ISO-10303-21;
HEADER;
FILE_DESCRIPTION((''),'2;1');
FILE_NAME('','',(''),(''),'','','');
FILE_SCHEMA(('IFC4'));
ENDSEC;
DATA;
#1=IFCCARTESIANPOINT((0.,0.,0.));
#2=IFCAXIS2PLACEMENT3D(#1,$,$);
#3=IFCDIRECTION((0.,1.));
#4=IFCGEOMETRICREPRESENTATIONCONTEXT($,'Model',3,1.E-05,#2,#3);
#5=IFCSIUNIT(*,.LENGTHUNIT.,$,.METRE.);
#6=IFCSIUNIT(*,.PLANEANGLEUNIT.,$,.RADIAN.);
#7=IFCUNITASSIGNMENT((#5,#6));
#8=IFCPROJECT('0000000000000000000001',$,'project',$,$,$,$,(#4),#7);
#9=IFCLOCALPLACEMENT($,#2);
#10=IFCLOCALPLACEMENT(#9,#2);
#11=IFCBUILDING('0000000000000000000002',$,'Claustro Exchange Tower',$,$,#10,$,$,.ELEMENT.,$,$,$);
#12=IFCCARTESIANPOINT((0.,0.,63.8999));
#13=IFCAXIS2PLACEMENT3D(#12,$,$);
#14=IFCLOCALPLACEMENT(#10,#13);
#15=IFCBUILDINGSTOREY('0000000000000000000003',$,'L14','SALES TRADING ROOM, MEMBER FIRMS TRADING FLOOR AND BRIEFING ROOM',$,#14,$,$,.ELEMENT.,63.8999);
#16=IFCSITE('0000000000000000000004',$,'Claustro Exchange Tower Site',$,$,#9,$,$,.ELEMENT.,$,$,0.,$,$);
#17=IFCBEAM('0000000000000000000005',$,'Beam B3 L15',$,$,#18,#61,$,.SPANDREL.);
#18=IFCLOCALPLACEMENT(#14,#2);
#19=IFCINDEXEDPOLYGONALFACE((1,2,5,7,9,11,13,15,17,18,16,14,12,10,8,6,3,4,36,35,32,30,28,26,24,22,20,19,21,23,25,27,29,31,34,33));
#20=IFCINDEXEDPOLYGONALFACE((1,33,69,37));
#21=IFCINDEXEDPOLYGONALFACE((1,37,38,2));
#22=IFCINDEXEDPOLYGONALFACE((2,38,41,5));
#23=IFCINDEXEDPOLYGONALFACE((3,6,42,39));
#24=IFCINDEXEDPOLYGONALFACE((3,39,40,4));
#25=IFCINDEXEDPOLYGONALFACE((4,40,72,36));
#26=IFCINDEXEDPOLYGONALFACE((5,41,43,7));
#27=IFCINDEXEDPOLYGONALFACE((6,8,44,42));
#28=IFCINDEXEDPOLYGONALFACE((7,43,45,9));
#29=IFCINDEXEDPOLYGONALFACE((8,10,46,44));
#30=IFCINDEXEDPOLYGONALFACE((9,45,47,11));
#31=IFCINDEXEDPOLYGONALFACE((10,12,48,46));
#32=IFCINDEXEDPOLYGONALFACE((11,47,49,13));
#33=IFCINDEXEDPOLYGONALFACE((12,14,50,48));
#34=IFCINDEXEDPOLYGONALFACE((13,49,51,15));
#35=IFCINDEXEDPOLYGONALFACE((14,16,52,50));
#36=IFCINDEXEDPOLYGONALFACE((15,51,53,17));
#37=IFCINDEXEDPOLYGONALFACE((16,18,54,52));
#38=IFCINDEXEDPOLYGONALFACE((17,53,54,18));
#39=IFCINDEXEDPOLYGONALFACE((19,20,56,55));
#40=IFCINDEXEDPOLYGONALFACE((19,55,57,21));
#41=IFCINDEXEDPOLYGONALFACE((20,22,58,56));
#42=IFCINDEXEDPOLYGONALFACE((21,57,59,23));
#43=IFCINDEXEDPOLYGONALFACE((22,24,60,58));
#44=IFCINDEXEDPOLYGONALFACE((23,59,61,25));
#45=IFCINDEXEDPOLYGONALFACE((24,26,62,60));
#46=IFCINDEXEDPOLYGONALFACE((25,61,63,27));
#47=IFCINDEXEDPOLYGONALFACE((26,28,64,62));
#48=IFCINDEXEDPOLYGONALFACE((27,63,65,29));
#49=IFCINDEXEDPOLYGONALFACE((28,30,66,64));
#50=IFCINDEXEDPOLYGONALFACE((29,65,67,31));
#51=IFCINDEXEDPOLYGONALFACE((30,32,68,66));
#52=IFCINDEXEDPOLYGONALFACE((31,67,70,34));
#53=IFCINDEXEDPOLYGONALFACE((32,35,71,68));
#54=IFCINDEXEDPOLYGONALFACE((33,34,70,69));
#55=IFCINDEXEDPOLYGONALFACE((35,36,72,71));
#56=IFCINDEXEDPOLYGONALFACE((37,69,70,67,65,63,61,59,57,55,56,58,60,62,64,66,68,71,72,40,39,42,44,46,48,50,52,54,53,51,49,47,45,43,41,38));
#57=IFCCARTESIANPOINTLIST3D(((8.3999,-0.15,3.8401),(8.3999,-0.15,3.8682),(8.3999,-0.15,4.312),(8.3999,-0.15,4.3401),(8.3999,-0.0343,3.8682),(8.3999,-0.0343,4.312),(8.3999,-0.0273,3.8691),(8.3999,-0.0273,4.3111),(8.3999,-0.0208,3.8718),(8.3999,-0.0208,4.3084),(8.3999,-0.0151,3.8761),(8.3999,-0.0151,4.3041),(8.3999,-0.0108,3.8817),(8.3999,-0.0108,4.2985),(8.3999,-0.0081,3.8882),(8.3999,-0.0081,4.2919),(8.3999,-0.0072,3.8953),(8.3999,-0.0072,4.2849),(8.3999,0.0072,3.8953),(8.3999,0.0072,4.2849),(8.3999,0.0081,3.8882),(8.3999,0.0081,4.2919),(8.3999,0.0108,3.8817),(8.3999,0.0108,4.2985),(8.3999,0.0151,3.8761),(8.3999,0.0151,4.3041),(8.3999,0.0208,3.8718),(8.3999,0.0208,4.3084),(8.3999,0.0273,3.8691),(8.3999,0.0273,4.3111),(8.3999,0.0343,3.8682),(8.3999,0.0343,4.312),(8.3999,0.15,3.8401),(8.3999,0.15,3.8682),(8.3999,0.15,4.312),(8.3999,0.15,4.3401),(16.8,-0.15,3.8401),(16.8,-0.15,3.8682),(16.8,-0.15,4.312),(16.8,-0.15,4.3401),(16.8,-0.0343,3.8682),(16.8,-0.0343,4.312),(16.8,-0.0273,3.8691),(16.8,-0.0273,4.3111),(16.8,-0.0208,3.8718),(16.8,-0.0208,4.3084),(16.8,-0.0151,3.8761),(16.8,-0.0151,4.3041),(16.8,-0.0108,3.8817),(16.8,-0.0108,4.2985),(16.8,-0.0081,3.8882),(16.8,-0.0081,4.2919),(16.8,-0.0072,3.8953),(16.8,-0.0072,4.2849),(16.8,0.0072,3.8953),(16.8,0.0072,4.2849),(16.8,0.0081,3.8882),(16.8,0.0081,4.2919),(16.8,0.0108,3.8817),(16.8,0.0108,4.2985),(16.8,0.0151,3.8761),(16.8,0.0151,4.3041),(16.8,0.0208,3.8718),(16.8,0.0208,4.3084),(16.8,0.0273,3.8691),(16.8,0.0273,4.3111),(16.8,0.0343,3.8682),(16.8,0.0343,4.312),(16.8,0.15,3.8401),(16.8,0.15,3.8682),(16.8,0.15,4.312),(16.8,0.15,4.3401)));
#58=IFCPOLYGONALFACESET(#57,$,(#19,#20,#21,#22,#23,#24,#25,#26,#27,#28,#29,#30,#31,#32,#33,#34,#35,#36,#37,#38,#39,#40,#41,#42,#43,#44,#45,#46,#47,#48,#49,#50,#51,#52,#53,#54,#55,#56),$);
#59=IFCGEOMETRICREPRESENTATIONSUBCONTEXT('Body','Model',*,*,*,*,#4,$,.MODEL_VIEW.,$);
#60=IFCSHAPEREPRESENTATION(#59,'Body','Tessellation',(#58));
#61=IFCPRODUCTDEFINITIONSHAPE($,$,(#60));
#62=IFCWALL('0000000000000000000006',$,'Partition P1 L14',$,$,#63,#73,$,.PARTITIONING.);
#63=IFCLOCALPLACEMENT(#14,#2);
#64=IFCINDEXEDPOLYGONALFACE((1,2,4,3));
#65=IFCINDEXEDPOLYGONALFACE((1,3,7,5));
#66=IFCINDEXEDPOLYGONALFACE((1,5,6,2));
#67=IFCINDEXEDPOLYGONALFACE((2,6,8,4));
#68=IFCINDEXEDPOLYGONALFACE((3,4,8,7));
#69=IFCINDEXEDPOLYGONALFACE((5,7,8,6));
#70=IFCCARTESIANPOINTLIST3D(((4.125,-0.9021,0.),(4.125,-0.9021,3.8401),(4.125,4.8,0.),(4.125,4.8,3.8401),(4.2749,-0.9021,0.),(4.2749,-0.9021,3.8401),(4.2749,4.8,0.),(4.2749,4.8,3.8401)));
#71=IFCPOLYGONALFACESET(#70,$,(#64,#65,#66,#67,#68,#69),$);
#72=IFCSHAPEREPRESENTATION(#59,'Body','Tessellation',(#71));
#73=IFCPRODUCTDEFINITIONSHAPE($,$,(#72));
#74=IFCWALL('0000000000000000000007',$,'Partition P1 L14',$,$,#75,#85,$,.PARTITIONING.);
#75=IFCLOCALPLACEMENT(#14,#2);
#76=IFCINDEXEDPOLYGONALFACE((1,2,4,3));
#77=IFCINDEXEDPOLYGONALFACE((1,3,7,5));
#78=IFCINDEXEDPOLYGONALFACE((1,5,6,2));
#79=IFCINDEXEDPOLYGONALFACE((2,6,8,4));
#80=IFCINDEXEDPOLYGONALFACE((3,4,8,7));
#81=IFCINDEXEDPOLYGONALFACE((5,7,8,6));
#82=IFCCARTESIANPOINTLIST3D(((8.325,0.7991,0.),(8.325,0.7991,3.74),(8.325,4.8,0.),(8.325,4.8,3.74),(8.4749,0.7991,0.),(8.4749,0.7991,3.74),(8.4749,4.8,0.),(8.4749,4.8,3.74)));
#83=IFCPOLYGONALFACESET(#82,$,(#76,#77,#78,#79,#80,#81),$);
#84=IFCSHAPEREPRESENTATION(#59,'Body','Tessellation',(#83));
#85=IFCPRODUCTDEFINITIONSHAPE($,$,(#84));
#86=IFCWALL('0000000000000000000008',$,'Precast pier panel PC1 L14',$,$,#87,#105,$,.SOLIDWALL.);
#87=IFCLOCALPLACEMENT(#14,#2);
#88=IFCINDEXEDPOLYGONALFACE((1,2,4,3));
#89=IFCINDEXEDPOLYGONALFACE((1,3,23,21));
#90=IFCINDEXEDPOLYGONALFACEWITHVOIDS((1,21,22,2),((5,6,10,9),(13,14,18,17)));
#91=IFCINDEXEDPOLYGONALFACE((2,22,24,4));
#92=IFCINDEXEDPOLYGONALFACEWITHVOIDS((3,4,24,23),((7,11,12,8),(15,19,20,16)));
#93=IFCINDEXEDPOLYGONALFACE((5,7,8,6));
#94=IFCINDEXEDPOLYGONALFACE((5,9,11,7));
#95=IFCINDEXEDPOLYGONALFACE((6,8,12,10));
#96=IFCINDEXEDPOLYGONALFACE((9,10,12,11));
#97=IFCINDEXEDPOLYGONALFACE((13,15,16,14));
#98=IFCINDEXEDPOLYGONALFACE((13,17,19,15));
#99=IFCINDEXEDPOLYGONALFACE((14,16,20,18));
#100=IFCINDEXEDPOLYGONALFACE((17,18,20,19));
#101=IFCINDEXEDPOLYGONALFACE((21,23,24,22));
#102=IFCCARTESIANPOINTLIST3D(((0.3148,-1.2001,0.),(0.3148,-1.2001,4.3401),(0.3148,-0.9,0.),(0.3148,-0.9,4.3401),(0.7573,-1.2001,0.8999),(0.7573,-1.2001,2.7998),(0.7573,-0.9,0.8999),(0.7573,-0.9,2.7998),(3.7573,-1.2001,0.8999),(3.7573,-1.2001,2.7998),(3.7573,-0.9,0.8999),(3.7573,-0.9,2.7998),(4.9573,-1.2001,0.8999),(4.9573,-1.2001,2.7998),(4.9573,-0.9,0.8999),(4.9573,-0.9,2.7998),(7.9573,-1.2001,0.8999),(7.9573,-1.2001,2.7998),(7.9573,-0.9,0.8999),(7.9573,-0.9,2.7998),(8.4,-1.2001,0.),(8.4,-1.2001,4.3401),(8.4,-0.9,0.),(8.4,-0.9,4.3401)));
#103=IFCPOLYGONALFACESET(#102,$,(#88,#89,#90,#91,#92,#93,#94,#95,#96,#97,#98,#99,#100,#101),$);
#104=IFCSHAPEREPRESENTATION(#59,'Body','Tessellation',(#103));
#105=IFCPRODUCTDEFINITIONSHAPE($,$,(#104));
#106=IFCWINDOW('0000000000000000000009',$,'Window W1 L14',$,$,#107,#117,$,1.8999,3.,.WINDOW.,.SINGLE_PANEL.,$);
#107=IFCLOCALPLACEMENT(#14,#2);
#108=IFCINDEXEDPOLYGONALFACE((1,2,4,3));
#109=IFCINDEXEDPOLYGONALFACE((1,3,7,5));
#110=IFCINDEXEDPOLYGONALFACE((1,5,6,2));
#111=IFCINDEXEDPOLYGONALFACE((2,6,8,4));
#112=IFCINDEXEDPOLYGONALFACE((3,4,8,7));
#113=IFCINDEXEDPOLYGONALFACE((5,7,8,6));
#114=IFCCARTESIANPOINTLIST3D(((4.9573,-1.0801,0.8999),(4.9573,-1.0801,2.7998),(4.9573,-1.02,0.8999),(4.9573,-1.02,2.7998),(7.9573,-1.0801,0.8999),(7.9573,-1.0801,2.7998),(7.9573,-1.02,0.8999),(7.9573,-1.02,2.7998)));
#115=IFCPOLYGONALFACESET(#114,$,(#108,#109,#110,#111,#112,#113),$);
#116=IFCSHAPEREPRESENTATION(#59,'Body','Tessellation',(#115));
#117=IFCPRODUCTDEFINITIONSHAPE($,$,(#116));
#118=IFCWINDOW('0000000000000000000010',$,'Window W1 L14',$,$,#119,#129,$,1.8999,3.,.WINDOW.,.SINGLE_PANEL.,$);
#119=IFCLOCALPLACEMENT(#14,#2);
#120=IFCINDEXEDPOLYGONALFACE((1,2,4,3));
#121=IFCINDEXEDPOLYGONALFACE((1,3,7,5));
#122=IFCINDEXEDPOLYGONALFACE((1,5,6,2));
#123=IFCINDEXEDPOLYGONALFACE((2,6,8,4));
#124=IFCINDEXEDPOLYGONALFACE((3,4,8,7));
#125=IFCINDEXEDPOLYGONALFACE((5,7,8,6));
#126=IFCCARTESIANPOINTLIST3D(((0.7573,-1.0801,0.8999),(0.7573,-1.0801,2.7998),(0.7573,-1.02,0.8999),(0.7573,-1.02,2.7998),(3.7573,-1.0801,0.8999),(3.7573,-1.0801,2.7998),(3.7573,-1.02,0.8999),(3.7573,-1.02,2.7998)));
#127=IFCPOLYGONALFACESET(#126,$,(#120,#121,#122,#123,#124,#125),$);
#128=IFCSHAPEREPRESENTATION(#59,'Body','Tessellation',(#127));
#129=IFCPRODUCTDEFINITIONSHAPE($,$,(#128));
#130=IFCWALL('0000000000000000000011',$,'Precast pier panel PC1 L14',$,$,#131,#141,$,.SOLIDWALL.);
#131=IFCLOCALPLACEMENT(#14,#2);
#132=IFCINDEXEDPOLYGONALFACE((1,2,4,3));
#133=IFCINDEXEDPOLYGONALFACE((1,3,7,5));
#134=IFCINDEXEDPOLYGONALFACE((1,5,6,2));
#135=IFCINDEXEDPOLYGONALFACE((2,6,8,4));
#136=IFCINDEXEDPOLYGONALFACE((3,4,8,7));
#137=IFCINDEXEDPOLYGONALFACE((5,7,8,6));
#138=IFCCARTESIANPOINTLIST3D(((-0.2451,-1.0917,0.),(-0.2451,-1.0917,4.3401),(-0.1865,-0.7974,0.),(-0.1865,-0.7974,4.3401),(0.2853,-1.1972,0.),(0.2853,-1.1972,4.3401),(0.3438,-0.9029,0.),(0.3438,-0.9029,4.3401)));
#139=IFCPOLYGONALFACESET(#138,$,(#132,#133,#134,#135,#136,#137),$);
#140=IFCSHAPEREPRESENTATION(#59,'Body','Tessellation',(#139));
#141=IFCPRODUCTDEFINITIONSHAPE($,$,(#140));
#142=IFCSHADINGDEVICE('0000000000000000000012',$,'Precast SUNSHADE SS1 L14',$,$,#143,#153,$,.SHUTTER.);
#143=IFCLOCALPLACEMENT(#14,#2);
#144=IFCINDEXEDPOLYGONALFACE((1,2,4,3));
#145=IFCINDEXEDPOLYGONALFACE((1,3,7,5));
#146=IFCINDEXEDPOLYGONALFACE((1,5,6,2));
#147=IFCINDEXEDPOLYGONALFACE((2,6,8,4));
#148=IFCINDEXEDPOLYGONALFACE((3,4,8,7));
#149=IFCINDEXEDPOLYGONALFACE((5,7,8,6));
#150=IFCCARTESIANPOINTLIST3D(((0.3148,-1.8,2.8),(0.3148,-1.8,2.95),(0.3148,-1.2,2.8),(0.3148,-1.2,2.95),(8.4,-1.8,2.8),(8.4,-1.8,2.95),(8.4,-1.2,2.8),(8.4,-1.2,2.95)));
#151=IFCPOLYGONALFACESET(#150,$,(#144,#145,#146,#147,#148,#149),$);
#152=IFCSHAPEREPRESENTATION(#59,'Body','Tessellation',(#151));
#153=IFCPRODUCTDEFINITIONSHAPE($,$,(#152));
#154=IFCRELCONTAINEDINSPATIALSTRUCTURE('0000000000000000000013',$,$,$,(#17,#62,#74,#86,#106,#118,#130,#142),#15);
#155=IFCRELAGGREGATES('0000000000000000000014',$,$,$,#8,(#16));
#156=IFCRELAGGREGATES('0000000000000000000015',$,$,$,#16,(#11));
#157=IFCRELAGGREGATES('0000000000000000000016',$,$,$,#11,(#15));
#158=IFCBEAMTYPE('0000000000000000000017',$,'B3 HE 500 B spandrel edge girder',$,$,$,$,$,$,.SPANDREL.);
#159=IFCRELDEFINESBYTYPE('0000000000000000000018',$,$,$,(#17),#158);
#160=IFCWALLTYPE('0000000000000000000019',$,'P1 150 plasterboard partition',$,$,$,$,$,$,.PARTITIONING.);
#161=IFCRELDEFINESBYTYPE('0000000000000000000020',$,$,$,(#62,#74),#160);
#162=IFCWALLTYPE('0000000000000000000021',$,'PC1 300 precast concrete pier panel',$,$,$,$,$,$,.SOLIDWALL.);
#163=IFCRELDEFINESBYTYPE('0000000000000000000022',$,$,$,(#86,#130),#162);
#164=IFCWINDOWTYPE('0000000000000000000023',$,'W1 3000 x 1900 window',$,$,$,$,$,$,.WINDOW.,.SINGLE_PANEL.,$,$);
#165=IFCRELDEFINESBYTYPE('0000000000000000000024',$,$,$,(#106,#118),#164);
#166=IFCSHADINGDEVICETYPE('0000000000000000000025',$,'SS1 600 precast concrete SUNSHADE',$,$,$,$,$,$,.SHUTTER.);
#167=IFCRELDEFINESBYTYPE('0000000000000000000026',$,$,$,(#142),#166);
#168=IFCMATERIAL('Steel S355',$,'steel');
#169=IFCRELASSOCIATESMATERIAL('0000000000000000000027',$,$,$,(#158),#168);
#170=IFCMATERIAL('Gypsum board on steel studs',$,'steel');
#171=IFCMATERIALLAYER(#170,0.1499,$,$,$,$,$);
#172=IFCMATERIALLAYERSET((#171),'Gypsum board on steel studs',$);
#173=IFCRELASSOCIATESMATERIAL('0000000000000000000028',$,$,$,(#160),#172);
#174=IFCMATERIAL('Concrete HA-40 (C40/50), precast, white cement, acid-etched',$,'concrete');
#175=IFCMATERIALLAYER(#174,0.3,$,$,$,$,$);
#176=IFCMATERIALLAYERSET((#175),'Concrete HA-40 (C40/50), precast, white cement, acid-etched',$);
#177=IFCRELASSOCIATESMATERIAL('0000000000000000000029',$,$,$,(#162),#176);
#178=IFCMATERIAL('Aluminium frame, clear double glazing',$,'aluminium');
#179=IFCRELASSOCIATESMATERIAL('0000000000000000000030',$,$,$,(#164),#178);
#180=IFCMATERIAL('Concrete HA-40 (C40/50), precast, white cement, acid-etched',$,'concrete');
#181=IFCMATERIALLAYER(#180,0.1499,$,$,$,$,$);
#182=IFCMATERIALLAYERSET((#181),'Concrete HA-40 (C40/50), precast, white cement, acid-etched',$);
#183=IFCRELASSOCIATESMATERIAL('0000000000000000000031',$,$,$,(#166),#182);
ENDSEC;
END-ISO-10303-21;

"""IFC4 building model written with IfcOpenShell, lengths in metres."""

from ifc_helpers import new_model, si_unit, direction, frame, frame_2d, origin, origin_2d, place, context, subcontext, project, spatial, rectangle, i_section, extrude, material, layer, layer_set, material_profile, profile_set, type_object, element, fill, save


model = new_model("IFC4")

# Units and contexts
model_context = context("Model", 3, precision=1e-05, world=origin(), true_north=direction((0.0, 1.0)))
body_context = subcontext(model_context, "Body", "Model", "MODEL_VIEW")
ifc_project = project(units=[si_unit("LENGTHUNIT", "METRE"), si_unit("PLANEANGLEUNIT", "RADIAN")], contexts=[model_context])

# Site, building, storey
site_placement = place(None, origin())
site = spatial("IfcSite", under=ifc_project, at=site_placement, Name="Claustro Exchange Tower Site", CompositionType="ELEMENT", RefElevation=0.0)
building_placement = place(site_placement, origin())
building = spatial("IfcBuilding", under=site, at=building_placement, Name="Claustro Exchange Tower", CompositionType="ELEMENT")
storey_placement = place(building_placement, frame((0.0, 0.0, 63.8999)))
storey = spatial("IfcBuildingStorey", under=building, at=storey_placement, Name="L14", Description="SALES TRADING ROOM, MEMBER FIRMS TRADING FLOOR AND BRIEFING ROOM", CompositionType="ELEMENT", Elevation=63.8999)

# Beam
ifc_material_1 = material(Name="Steel S355", Category="steel")
ifc_material_profile_1 = material_profile(ifc_material_1, i_section(OverallWidth=0.3, OverallDepth=0.5, WebThickness=0.0144, FlangeThickness=0.0281, FilletRadius=0.0271, at=origin_2d()), Name="HE 500 B")
ifc_profile_set_1 = profile_set([ifc_material_profile_1], Name="Steel S355")
beam_type_1 = type_object("IfcBeamType", Name="B3 HE 500 B spandrel edge girder", PredefinedType="SPANDREL", material=ifc_profile_set_1)
beam_1_placement = place(storey_placement, frame((8.3999, 0.0, 4.0901), z_axis=(1.0, 0.0, 0.0), x_axis=(0.0, 1.0, 0.0)))
element("IfcBeam", 1, at=beam_1_placement, inside=storey, type_object=beam_type_1, Name="Beam B3 L15", PredefinedType="SPANDREL", context=body_context, shape_type="SweptSolid", body=[
    extrude(i_section(OverallWidth=0.3, OverallDepth=0.5, WebThickness=0.0144, FlangeThickness=0.0281, FilletRadius=0.0271, at=origin_2d()), origin(), (0.0, 0.0, 1.0), 8.4001),
])

# Walls
ifc_material_2 = material(Name="Gypsum board on steel studs", Category="steel")
ifc_layer_1 = layer(ifc_material_2, 0.1499)
ifc_layer_set_1 = layer_set([ifc_layer_1], Name="Gypsum board on steel studs")
wall_type_1 = type_object("IfcWallType", Name="P1 150 plasterboard partition", PredefinedType="PARTITIONING", material=ifc_layer_set_1)
wall_1_placement = place(storey_placement, frame((4.2, -0.9021, 0.0), z_axis=(0.0, 0.0, 1.0), x_axis=(0.0, 1.0, 0.0)))
element("IfcWall", 2, at=wall_1_placement, inside=storey, type_object=wall_type_1, Name="Partition P1 L14", PredefinedType="PARTITIONING", context=body_context, shape_type="SweptSolid", body=[
    extrude(rectangle(XDim=5.7021, YDim=0.1499, at=frame_2d((2.8511, 0.0))), origin(), (0.0, 0.0, 1.0), 3.8401),
])
wall_2_placement = place(storey_placement, frame((8.3999, 0.7991, 0.0), z_axis=(0.0, 0.0, 1.0), x_axis=(0.0, 1.0, 0.0)))
element("IfcWall", 3, at=wall_2_placement, inside=storey, type_object=wall_type_1, Name="Partition P1 L14", PredefinedType="PARTITIONING", context=body_context, shape_type="SweptSolid", body=[
    extrude(rectangle(XDim=4.001, YDim=0.1499, at=frame_2d((2.0005, 0.0))), origin(), (0.0, 0.0, 1.0), 3.74),
])

# Wall, openings, windows
ifc_material_3 = material(Name="Concrete HA-40 (C40/50), precast, white cement, acid-etched", Category="concrete")
ifc_layer_2 = layer(ifc_material_3, 0.3)
ifc_layer_set_2 = layer_set([ifc_layer_2], Name="Concrete HA-40 (C40/50), precast, white cement, acid-etched")
wall_type_2 = type_object("IfcWallType", Name="PC1 300 precast concrete pier panel", PredefinedType="SOLIDWALL", material=ifc_layer_set_2)
wall_3_placement = place(storey_placement, frame((8.3999, -1.05, 0.0), z_axis=(0.0, 0.0, 1.0), x_axis=(-1.0, 0.0, 0.0)))
wall_3 = element("IfcWall", 4, at=wall_3_placement, inside=storey, type_object=wall_type_2, Name="Precast pier panel PC1 L14", PredefinedType="SOLIDWALL", context=body_context, shape_type="SweptSolid", body=[
    extrude(rectangle(XDim=8.0852, YDim=0.3, at=frame_2d((4.0425, 0.0))), origin(), (0.0, 0.0, 1.0), 4.3401),
])
opening_1_placement = place(wall_3_placement, frame((0.4426, 0.0, 0.8999)))
opening_1 = element("IfcOpeningElement", 5, at=opening_1_placement, cuts=wall_3, PredefinedType="OPENING", context=body_context, shape_type="SweptSolid", body=[
    extrude(rectangle(XDim=3.0, YDim=1.8999, at=frame_2d((1.5, 0.95))), frame((0.0, 0.1599, 0.0), z_axis=(0.0, -1.0, 0.0), x_axis=(1.0, 0.0, 0.0)), (0.0, 0.0, 1.0), 0.3201),
])
opening_2_placement = place(wall_3_placement, frame((4.6426, 0.0, 0.8999)))
opening_2 = element("IfcOpeningElement", 6, at=opening_2_placement, cuts=wall_3, PredefinedType="OPENING", context=body_context, shape_type="SweptSolid", body=[
    extrude(rectangle(XDim=3.0, YDim=1.8999, at=frame_2d((1.5, 0.95))), frame((0.0, 0.1599, 0.0), z_axis=(0.0, -1.0, 0.0), x_axis=(1.0, 0.0, 0.0)), (0.0, 0.0, 1.0), 0.3201),
])
ifc_material_4 = material(Name="Aluminium frame, clear double glazing", Category="aluminium")
window_type = type_object("IfcWindowType", Name="W1 3000 x 1900 window", PartitioningType="SINGLE_PANEL", PredefinedType="WINDOW", material=ifc_material_4)
window_1_placement = place(opening_1_placement, origin())
window_1 = element("IfcWindow", 7, at=window_1_placement, inside=storey, type_object=window_type, Name="Window W1 L14", OverallHeight=1.8999, OverallWidth=3.0, PartitioningType="SINGLE_PANEL", PredefinedType="WINDOW", context=body_context, shape_type="SweptSolid", body=[
    extrude(rectangle(XDim=3.0, YDim=1.8999, at=frame_2d((1.5, 0.95))), frame((0.0, 0.03, 0.0), z_axis=(0.0, -1.0, 0.0), x_axis=(1.0, 0.0, 0.0)), (0.0, 0.0, 1.0), 0.0601),
])
fill(opening_1, window_1)
window_2_placement = place(opening_2_placement, origin())
window_2 = element("IfcWindow", 8, at=window_2_placement, inside=storey, type_object=window_type, Name="Window W1 L14", OverallHeight=1.8999, OverallWidth=3.0, PartitioningType="SINGLE_PANEL", PredefinedType="WINDOW", context=body_context, shape_type="SweptSolid", body=[
    extrude(rectangle(XDim=3.0, YDim=1.8999, at=frame_2d((1.5, 0.95))), frame((0.0, 0.03, 0.0), z_axis=(0.0, -1.0, 0.0), x_axis=(1.0, 0.0, 0.0)), (0.0, 0.0, 1.0), 0.0601),
])
fill(opening_2, window_2)

# Wall
wall_4_placement = place(storey_placement, frame((0.3147, -1.05, 0.0), z_axis=(0.0, 0.0, 1.0), x_axis=(-0.980789, 0.195074, 0.0)))
element("IfcWall", 9, at=wall_4_placement, inside=storey, type_object=wall_type_2, Name="Precast pier panel PC1 L14", PredefinedType="SOLIDWALL", context=body_context, shape_type="SweptSolid", body=[
    extrude(rectangle(XDim=0.5408, YDim=0.3, at=frame_2d((0.2705, 0.0))), origin(), (0.0, 0.0, 1.0), 4.3401),
])

# Shading device
ifc_material_5 = material(Name="Concrete HA-40 (C40/50), precast, white cement, acid-etched", Category="concrete")
ifc_layer_3 = layer(ifc_material_5, 0.1499)
ifc_layer_set_3 = layer_set([ifc_layer_3], Name="Concrete HA-40 (C40/50), precast, white cement, acid-etched")
shading_device_type = type_object("IfcShadingDeviceType", Name="SS1 600 precast concrete SUNSHADE", PredefinedType="SHUTTER", material=ifc_layer_set_3)
shading_device_placement = place(storey_placement, frame((4.3574, -1.5, 2.8), z_axis=(0.0, 0.0, 1.0), x_axis=(-1.0, 0.0, 0.0)))
element("IfcShadingDevice", 10, at=shading_device_placement, inside=storey, type_object=shading_device_type, Name="Precast SUNSHADE SS1 L14", PredefinedType="SHUTTER", context=body_context, shape_type="SweptSolid", body=[
    extrude(rectangle(XDim=8.0852, YDim=0.6001, at=origin_2d()), origin(), (0.0, 0.0, 1.0), 0.1499),
])

save(model, "model.ifc")
